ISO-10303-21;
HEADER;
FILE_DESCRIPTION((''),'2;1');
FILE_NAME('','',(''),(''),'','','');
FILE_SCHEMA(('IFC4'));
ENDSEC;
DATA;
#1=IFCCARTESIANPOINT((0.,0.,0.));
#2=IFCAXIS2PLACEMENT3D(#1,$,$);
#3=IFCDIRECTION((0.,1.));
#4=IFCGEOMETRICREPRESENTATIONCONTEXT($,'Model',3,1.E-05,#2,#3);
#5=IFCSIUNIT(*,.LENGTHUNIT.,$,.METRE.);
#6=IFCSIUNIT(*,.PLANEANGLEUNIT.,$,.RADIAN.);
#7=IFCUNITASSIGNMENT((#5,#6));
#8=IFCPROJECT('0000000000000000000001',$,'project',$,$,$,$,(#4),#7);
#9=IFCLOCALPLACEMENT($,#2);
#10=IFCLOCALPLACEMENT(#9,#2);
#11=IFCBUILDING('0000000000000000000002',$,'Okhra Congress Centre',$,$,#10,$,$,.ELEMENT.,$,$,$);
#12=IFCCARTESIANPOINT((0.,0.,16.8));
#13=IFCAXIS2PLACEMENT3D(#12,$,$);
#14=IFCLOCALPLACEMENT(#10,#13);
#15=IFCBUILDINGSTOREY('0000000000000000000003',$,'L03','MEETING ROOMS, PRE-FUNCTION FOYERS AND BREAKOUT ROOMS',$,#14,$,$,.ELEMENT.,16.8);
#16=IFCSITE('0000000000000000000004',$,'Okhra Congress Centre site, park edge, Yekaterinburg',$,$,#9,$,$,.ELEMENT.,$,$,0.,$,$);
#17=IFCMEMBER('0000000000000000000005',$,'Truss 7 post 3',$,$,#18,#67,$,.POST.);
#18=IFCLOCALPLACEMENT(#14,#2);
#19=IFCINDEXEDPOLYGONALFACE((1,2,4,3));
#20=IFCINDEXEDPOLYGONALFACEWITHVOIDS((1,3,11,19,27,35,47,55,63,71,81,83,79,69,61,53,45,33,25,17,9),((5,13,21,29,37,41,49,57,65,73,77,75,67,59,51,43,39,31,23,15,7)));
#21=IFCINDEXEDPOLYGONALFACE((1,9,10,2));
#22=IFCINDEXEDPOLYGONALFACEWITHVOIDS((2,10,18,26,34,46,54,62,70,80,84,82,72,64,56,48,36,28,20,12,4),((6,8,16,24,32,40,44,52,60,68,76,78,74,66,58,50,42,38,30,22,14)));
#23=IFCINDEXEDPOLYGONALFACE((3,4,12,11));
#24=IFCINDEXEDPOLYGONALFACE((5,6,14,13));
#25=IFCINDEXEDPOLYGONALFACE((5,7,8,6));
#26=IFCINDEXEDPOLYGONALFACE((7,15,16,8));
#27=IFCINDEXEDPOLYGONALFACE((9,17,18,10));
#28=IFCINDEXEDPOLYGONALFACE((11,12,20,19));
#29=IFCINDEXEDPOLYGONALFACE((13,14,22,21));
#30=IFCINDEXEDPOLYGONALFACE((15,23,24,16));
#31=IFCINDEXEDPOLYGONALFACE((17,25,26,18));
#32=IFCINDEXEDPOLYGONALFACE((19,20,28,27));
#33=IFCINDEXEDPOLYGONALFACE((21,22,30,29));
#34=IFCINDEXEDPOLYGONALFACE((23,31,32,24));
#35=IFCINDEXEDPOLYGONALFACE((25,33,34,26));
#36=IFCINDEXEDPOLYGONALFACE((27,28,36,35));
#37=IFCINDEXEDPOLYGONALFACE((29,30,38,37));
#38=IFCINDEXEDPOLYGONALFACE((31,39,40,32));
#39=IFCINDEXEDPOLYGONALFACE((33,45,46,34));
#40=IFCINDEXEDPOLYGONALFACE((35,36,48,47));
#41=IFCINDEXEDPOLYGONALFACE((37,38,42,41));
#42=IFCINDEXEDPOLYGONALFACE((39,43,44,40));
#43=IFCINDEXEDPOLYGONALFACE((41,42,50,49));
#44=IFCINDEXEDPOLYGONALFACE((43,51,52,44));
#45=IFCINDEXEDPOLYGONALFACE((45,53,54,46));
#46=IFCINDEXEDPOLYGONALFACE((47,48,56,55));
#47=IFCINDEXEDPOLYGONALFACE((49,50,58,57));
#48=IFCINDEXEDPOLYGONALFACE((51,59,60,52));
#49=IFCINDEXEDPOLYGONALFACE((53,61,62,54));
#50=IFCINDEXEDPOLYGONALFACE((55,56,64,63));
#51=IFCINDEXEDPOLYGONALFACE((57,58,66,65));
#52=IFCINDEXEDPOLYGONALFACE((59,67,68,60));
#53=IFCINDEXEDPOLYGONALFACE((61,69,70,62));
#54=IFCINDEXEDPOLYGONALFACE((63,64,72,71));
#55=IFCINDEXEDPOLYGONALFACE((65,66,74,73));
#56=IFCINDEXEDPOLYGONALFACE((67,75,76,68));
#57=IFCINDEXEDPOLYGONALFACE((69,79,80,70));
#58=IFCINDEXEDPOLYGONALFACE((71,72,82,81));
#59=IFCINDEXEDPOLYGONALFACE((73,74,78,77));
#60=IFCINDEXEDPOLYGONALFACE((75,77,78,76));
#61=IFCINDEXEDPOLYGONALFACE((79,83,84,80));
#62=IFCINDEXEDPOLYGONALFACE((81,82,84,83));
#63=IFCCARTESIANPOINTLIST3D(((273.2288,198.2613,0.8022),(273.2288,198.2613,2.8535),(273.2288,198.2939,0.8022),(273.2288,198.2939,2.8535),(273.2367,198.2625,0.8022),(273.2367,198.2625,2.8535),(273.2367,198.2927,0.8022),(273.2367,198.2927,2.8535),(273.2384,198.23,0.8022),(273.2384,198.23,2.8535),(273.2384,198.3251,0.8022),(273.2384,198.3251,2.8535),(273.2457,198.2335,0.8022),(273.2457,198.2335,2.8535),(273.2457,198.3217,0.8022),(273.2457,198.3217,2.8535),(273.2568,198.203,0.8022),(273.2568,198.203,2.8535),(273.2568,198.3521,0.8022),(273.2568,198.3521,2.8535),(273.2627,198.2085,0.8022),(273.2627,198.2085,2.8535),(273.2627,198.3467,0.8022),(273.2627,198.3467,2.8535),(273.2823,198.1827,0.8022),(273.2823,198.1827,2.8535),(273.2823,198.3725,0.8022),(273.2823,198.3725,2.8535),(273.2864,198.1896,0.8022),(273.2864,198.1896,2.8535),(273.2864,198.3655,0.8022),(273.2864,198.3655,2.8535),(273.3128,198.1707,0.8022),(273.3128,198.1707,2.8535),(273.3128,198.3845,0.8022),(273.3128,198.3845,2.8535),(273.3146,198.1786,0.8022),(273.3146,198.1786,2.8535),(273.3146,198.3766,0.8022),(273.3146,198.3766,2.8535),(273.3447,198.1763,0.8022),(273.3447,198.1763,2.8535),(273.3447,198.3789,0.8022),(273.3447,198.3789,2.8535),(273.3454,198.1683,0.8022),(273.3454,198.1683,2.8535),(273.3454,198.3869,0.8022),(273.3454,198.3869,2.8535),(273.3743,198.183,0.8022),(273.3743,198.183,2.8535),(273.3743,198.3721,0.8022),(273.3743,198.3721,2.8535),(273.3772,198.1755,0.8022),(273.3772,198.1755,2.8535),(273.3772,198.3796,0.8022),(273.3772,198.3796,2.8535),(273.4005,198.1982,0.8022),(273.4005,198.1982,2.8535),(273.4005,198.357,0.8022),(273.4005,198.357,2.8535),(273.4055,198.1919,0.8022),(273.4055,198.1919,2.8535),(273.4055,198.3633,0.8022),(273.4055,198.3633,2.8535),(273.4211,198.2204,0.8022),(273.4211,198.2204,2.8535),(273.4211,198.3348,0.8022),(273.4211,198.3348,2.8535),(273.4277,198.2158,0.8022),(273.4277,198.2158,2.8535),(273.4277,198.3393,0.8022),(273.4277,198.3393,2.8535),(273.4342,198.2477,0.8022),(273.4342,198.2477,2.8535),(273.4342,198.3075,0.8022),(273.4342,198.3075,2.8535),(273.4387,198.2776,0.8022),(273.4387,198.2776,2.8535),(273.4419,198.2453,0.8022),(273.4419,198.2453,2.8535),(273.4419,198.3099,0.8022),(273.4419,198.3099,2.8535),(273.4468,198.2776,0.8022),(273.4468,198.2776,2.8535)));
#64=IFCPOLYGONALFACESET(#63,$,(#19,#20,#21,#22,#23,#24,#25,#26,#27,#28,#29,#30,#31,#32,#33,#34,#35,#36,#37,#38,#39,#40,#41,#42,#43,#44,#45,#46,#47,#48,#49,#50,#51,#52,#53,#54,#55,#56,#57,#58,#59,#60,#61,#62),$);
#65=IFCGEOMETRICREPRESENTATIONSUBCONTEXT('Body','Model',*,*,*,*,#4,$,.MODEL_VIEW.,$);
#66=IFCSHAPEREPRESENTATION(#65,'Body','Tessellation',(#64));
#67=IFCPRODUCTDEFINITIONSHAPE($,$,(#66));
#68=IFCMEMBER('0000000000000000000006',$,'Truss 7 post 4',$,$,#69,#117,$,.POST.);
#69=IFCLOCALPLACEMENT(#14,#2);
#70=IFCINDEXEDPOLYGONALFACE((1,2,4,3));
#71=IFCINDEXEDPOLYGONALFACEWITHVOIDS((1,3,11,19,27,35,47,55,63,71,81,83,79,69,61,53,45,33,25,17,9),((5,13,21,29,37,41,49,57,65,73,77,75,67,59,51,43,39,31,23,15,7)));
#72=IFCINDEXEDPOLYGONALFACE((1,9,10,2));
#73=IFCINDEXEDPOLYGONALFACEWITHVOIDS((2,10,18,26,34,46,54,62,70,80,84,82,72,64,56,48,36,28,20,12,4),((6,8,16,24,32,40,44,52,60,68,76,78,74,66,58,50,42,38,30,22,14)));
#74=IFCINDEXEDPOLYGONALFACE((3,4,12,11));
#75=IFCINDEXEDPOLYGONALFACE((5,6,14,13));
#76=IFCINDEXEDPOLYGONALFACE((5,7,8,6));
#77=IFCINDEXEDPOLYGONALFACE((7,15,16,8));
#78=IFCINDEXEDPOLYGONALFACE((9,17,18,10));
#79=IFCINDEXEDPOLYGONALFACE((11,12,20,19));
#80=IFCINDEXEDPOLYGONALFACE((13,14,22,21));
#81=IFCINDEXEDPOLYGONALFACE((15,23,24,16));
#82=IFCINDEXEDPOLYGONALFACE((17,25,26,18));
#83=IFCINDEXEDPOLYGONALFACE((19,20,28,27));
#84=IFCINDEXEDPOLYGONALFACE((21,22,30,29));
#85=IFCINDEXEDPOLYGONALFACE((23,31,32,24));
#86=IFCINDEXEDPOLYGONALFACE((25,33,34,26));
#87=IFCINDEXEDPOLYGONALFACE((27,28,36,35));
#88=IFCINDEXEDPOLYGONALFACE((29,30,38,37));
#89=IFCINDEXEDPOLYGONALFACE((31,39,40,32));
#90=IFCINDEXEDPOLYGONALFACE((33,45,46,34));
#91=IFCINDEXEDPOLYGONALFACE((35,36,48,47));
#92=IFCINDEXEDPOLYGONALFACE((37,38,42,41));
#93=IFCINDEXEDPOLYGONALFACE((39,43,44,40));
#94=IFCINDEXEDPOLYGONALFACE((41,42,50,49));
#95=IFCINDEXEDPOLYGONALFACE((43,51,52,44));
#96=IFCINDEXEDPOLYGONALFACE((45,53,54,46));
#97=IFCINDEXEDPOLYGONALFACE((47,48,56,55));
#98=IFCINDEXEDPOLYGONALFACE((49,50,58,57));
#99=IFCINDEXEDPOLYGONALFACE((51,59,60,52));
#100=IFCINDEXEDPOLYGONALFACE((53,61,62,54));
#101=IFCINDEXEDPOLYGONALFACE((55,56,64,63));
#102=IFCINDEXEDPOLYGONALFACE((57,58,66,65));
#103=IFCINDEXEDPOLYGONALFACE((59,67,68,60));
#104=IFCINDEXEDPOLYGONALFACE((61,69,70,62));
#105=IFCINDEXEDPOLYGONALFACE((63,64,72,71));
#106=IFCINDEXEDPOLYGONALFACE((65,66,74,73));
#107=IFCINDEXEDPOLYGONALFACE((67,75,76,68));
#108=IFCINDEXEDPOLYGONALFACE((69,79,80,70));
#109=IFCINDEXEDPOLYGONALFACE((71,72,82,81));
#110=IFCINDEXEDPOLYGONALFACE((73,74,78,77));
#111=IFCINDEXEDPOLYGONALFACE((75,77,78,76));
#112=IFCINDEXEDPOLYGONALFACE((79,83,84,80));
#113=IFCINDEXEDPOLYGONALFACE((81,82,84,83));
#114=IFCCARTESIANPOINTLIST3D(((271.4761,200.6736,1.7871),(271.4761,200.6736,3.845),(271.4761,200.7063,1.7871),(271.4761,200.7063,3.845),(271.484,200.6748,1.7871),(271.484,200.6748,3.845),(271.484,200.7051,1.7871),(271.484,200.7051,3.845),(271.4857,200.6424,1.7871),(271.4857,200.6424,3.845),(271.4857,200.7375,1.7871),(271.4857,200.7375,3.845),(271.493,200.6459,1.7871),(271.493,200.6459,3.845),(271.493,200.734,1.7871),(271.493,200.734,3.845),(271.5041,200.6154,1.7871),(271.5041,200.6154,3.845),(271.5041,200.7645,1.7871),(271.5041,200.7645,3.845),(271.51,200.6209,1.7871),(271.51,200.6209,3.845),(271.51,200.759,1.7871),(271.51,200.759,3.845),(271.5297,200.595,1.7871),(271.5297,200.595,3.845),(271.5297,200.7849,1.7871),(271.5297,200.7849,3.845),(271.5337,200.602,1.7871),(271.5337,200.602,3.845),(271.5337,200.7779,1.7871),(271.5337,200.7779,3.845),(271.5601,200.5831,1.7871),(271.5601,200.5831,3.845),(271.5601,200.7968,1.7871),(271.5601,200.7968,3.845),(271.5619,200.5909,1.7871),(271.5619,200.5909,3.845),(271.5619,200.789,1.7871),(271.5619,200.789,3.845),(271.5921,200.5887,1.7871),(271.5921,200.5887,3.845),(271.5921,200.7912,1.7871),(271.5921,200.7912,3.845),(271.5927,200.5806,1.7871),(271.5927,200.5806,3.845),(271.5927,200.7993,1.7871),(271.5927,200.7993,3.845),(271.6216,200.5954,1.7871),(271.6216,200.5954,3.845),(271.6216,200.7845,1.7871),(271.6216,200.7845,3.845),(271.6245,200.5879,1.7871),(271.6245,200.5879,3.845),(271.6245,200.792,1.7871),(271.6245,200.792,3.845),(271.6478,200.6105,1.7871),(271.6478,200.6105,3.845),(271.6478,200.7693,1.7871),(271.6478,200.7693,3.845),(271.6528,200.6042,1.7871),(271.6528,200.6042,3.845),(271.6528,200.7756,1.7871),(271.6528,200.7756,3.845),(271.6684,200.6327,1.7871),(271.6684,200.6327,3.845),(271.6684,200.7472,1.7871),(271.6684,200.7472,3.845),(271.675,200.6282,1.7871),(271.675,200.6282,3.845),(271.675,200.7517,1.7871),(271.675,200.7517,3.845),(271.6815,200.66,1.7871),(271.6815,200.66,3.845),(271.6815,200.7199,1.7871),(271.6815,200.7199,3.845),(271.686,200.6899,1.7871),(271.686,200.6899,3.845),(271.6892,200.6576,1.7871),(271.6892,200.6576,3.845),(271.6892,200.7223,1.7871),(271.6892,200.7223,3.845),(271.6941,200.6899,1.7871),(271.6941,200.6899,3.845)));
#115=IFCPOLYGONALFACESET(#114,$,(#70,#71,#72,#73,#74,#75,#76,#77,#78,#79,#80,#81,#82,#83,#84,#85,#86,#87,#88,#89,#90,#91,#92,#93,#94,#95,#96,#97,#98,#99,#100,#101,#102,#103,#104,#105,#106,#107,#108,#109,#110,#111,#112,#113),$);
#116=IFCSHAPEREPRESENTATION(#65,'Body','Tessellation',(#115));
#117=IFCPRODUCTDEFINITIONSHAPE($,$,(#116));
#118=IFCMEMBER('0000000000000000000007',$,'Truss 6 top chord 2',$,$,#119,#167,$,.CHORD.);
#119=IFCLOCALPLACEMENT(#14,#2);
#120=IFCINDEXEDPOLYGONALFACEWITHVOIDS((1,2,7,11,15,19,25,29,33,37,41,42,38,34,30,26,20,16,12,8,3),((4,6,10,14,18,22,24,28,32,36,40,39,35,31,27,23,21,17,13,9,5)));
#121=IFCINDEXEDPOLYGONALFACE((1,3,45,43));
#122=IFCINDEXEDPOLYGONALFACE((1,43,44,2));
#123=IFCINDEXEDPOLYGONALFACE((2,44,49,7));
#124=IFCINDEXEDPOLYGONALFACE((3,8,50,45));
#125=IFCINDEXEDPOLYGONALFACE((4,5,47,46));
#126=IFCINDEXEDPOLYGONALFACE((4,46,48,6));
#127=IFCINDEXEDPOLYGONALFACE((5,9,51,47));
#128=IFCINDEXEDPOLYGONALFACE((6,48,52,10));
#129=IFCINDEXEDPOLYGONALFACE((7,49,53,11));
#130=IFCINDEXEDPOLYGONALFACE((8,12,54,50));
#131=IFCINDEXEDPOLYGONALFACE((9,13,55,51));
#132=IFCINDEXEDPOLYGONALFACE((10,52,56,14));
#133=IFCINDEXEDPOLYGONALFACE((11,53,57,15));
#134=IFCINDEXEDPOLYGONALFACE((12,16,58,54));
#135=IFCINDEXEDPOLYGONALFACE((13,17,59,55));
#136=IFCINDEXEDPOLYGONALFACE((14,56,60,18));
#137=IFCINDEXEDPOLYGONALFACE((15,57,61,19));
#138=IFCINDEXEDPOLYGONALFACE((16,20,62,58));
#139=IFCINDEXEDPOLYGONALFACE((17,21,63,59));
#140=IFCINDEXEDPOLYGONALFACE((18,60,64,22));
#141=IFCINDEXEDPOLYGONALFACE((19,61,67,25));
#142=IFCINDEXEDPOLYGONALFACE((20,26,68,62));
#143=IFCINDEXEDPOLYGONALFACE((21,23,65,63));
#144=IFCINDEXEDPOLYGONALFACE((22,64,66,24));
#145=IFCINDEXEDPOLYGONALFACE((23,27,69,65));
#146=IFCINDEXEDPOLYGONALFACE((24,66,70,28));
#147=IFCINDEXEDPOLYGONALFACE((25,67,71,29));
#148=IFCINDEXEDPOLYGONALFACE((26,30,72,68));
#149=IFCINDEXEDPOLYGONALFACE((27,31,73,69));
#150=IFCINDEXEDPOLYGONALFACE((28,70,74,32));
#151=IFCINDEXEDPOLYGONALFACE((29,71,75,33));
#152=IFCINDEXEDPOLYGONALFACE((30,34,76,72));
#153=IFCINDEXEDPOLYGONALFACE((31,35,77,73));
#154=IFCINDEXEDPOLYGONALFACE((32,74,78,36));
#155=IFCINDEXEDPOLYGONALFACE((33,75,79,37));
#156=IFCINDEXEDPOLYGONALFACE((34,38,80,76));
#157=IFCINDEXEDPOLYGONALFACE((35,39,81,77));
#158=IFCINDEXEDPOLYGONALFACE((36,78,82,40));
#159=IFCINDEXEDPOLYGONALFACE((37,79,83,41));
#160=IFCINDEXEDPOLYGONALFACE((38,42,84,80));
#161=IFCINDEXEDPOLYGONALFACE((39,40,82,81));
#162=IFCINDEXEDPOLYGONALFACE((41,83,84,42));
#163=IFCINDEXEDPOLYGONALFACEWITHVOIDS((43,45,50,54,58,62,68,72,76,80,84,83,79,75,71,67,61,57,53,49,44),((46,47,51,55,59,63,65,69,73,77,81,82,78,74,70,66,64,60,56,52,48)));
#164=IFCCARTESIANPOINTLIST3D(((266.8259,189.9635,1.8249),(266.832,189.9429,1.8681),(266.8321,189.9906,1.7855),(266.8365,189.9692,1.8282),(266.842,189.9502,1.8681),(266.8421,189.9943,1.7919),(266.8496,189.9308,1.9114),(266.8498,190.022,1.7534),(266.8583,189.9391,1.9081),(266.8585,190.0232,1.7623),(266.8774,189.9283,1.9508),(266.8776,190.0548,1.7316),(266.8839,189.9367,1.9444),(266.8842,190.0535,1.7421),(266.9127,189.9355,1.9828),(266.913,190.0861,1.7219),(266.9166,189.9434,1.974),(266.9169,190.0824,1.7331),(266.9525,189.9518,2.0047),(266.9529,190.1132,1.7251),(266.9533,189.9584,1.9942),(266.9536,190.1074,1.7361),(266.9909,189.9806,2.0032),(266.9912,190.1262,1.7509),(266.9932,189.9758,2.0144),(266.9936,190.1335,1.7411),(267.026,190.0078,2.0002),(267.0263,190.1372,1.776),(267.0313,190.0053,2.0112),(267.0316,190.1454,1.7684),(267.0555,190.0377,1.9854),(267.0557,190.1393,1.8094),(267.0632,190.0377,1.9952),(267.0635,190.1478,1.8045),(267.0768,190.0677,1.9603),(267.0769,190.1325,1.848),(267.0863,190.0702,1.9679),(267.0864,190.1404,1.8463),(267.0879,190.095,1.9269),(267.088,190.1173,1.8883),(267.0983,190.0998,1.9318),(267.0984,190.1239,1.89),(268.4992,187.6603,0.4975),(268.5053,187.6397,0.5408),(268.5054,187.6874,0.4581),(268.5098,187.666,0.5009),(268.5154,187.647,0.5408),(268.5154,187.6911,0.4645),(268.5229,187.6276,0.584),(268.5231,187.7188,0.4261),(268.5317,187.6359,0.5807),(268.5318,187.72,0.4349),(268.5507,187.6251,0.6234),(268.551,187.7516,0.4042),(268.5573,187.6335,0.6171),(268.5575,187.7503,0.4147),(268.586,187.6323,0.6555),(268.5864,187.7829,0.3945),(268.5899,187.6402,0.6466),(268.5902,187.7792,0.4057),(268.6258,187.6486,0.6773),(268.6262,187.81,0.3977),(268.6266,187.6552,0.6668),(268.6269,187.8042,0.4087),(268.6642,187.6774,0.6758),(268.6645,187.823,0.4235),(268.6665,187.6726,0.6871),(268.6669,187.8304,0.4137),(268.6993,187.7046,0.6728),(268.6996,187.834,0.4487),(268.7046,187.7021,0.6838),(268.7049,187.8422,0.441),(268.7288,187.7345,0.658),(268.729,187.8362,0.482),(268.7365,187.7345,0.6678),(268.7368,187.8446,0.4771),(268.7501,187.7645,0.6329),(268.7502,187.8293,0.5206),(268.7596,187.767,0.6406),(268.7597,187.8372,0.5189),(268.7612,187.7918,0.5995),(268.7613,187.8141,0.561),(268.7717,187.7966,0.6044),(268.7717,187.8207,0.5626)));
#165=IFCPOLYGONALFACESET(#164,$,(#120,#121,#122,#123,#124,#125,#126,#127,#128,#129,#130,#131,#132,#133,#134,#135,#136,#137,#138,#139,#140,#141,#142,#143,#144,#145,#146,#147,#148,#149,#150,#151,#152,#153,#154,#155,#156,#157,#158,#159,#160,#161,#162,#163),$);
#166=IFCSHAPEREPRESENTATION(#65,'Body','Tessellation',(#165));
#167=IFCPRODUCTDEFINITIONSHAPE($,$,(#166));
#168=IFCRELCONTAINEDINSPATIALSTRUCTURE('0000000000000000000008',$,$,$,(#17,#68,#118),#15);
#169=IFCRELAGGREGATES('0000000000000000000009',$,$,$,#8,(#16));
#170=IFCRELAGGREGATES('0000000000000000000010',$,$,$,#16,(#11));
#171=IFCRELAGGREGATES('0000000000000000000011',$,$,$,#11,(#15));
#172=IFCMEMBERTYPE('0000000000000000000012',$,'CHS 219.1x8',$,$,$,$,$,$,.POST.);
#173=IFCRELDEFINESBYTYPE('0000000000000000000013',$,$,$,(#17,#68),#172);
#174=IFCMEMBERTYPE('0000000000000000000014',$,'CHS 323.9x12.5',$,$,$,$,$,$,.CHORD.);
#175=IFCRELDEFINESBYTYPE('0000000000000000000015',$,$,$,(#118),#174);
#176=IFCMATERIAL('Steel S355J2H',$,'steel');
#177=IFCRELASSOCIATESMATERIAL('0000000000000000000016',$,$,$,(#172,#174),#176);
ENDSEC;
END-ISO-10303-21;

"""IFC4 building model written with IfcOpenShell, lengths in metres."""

from ifc_helpers import new_model, si_unit, direction, frame, origin, origin_2d, place, context, subcontext, project, spatial, hollow_circle, extrude, material, material_profile, profile_set, type_object, element, save


model = new_model("IFC4")

# Units and contexts
model_context = context("Model", 3, precision=1e-05, world=origin(), true_north=direction((0.0, 1.0)))
body_context = subcontext(model_context, "Body", "Model", "MODEL_VIEW")
ifc_project = project(units=[si_unit("LENGTHUNIT", "METRE"), si_unit("PLANEANGLEUNIT", "RADIAN")], contexts=[model_context])

# Site, building, storey
site_placement = place(None, origin())
site = spatial("IfcSite", under=ifc_project, at=site_placement, Name="Okhra Congress Centre site, park edge, Yekaterinburg", CompositionType="ELEMENT", RefElevation=0.0)
building_placement = place(site_placement, origin())
building = spatial("IfcBuilding", under=site, at=building_placement, Name="Okhra Congress Centre", CompositionType="ELEMENT")
storey_placement = place(building_placement, frame((0.0, 0.0, 16.8)))
storey = spatial("IfcBuildingStorey", under=building, at=storey_placement, Name="L03", Description="MEETING ROOMS, PRE-FUNCTION FOYERS AND BREAKOUT ROOMS", CompositionType="ELEMENT", Elevation=16.8)

# Members
ifc_material_1 = material(Name="Steel S355J2H", Category="steel")
ifc_material_profile_1 = material_profile(ifc_material_1, hollow_circle(Radius=0.1096, WallThickness=0.0081, at=origin_2d()), Name="CHS 219.1x8")
ifc_profile_set_1 = profile_set([ifc_material_profile_1], Name="Steel S355J2H")
member_type_1 = type_object("IfcMemberType", Name="CHS 219.1x8", PredefinedType="POST", material=ifc_profile_set_1)
member_1_placement = place(storey_placement, frame((273.3372, 198.2776, 0.8022), z_axis=(0.0, 0.0, 1.0), x_axis=(1.0, 0.0, 0.0)))
element("IfcMember", 1, at=member_1_placement, inside=storey, type_object=member_type_1, Name="Truss 7 post 3", PredefinedType="POST", context=body_context, shape_type="SweptSolid", body=[
    extrude(hollow_circle(Radius=0.1096, WallThickness=0.0081, at=origin_2d()), origin(), (0.0, 0.0, 1.0), 2.0513),
])
member_2_placement = place(storey_placement, frame((271.5845, 200.6899, 1.7871), z_axis=(0.0, 0.0, 1.0), x_axis=(1.0, 0.0, 0.0)))
element("IfcMember", 2, at=member_2_placement, inside=storey, type_object=member_type_1, Name="Truss 7 post 4", PredefinedType="POST", context=body_context, shape_type="SweptSolid", body=[
    extrude(hollow_circle(Radius=0.1096, WallThickness=0.0081, at=origin_2d()), origin(), (0.0, 0.0, 1.0), 2.0579),
])
ifc_material_profile_2 = material_profile(ifc_material_1, hollow_circle(Radius=0.1619, WallThickness=0.0125, at=origin_2d()), Name="CHS 323.9x12.5")
ifc_profile_set_2 = profile_set([ifc_material_profile_2], Name="Steel S355J2H")
member_type_2 = type_object("IfcMemberType", Name="CHS 323.9x12.5", PredefinedType="CHORD", material=ifc_profile_set_2)
for number, where, z_axis, x_axis, name in (
    (3, (268.6362, 187.7349, 0.5408), (-0.532714, 0.73324, 0.422581), (-0.809025, -0.587774, 0.0), "Truss 6 top chord 2"),
):
    element("IfcMember", number, at=place(storey_placement, frame(where, z_axis=z_axis, x_axis=x_axis)), inside=storey, type_object=member_type_2, Name=name, PredefinedType="CHORD", context=body_context, shape_type="SweptSolid", body=[
        extrude(hollow_circle(Radius=0.1619, WallThickness=0.0125, at=origin_2d()), origin(), (0.0, 0.0, 1.0), 3.1411),
    ])

save(model, "model.ifc")
